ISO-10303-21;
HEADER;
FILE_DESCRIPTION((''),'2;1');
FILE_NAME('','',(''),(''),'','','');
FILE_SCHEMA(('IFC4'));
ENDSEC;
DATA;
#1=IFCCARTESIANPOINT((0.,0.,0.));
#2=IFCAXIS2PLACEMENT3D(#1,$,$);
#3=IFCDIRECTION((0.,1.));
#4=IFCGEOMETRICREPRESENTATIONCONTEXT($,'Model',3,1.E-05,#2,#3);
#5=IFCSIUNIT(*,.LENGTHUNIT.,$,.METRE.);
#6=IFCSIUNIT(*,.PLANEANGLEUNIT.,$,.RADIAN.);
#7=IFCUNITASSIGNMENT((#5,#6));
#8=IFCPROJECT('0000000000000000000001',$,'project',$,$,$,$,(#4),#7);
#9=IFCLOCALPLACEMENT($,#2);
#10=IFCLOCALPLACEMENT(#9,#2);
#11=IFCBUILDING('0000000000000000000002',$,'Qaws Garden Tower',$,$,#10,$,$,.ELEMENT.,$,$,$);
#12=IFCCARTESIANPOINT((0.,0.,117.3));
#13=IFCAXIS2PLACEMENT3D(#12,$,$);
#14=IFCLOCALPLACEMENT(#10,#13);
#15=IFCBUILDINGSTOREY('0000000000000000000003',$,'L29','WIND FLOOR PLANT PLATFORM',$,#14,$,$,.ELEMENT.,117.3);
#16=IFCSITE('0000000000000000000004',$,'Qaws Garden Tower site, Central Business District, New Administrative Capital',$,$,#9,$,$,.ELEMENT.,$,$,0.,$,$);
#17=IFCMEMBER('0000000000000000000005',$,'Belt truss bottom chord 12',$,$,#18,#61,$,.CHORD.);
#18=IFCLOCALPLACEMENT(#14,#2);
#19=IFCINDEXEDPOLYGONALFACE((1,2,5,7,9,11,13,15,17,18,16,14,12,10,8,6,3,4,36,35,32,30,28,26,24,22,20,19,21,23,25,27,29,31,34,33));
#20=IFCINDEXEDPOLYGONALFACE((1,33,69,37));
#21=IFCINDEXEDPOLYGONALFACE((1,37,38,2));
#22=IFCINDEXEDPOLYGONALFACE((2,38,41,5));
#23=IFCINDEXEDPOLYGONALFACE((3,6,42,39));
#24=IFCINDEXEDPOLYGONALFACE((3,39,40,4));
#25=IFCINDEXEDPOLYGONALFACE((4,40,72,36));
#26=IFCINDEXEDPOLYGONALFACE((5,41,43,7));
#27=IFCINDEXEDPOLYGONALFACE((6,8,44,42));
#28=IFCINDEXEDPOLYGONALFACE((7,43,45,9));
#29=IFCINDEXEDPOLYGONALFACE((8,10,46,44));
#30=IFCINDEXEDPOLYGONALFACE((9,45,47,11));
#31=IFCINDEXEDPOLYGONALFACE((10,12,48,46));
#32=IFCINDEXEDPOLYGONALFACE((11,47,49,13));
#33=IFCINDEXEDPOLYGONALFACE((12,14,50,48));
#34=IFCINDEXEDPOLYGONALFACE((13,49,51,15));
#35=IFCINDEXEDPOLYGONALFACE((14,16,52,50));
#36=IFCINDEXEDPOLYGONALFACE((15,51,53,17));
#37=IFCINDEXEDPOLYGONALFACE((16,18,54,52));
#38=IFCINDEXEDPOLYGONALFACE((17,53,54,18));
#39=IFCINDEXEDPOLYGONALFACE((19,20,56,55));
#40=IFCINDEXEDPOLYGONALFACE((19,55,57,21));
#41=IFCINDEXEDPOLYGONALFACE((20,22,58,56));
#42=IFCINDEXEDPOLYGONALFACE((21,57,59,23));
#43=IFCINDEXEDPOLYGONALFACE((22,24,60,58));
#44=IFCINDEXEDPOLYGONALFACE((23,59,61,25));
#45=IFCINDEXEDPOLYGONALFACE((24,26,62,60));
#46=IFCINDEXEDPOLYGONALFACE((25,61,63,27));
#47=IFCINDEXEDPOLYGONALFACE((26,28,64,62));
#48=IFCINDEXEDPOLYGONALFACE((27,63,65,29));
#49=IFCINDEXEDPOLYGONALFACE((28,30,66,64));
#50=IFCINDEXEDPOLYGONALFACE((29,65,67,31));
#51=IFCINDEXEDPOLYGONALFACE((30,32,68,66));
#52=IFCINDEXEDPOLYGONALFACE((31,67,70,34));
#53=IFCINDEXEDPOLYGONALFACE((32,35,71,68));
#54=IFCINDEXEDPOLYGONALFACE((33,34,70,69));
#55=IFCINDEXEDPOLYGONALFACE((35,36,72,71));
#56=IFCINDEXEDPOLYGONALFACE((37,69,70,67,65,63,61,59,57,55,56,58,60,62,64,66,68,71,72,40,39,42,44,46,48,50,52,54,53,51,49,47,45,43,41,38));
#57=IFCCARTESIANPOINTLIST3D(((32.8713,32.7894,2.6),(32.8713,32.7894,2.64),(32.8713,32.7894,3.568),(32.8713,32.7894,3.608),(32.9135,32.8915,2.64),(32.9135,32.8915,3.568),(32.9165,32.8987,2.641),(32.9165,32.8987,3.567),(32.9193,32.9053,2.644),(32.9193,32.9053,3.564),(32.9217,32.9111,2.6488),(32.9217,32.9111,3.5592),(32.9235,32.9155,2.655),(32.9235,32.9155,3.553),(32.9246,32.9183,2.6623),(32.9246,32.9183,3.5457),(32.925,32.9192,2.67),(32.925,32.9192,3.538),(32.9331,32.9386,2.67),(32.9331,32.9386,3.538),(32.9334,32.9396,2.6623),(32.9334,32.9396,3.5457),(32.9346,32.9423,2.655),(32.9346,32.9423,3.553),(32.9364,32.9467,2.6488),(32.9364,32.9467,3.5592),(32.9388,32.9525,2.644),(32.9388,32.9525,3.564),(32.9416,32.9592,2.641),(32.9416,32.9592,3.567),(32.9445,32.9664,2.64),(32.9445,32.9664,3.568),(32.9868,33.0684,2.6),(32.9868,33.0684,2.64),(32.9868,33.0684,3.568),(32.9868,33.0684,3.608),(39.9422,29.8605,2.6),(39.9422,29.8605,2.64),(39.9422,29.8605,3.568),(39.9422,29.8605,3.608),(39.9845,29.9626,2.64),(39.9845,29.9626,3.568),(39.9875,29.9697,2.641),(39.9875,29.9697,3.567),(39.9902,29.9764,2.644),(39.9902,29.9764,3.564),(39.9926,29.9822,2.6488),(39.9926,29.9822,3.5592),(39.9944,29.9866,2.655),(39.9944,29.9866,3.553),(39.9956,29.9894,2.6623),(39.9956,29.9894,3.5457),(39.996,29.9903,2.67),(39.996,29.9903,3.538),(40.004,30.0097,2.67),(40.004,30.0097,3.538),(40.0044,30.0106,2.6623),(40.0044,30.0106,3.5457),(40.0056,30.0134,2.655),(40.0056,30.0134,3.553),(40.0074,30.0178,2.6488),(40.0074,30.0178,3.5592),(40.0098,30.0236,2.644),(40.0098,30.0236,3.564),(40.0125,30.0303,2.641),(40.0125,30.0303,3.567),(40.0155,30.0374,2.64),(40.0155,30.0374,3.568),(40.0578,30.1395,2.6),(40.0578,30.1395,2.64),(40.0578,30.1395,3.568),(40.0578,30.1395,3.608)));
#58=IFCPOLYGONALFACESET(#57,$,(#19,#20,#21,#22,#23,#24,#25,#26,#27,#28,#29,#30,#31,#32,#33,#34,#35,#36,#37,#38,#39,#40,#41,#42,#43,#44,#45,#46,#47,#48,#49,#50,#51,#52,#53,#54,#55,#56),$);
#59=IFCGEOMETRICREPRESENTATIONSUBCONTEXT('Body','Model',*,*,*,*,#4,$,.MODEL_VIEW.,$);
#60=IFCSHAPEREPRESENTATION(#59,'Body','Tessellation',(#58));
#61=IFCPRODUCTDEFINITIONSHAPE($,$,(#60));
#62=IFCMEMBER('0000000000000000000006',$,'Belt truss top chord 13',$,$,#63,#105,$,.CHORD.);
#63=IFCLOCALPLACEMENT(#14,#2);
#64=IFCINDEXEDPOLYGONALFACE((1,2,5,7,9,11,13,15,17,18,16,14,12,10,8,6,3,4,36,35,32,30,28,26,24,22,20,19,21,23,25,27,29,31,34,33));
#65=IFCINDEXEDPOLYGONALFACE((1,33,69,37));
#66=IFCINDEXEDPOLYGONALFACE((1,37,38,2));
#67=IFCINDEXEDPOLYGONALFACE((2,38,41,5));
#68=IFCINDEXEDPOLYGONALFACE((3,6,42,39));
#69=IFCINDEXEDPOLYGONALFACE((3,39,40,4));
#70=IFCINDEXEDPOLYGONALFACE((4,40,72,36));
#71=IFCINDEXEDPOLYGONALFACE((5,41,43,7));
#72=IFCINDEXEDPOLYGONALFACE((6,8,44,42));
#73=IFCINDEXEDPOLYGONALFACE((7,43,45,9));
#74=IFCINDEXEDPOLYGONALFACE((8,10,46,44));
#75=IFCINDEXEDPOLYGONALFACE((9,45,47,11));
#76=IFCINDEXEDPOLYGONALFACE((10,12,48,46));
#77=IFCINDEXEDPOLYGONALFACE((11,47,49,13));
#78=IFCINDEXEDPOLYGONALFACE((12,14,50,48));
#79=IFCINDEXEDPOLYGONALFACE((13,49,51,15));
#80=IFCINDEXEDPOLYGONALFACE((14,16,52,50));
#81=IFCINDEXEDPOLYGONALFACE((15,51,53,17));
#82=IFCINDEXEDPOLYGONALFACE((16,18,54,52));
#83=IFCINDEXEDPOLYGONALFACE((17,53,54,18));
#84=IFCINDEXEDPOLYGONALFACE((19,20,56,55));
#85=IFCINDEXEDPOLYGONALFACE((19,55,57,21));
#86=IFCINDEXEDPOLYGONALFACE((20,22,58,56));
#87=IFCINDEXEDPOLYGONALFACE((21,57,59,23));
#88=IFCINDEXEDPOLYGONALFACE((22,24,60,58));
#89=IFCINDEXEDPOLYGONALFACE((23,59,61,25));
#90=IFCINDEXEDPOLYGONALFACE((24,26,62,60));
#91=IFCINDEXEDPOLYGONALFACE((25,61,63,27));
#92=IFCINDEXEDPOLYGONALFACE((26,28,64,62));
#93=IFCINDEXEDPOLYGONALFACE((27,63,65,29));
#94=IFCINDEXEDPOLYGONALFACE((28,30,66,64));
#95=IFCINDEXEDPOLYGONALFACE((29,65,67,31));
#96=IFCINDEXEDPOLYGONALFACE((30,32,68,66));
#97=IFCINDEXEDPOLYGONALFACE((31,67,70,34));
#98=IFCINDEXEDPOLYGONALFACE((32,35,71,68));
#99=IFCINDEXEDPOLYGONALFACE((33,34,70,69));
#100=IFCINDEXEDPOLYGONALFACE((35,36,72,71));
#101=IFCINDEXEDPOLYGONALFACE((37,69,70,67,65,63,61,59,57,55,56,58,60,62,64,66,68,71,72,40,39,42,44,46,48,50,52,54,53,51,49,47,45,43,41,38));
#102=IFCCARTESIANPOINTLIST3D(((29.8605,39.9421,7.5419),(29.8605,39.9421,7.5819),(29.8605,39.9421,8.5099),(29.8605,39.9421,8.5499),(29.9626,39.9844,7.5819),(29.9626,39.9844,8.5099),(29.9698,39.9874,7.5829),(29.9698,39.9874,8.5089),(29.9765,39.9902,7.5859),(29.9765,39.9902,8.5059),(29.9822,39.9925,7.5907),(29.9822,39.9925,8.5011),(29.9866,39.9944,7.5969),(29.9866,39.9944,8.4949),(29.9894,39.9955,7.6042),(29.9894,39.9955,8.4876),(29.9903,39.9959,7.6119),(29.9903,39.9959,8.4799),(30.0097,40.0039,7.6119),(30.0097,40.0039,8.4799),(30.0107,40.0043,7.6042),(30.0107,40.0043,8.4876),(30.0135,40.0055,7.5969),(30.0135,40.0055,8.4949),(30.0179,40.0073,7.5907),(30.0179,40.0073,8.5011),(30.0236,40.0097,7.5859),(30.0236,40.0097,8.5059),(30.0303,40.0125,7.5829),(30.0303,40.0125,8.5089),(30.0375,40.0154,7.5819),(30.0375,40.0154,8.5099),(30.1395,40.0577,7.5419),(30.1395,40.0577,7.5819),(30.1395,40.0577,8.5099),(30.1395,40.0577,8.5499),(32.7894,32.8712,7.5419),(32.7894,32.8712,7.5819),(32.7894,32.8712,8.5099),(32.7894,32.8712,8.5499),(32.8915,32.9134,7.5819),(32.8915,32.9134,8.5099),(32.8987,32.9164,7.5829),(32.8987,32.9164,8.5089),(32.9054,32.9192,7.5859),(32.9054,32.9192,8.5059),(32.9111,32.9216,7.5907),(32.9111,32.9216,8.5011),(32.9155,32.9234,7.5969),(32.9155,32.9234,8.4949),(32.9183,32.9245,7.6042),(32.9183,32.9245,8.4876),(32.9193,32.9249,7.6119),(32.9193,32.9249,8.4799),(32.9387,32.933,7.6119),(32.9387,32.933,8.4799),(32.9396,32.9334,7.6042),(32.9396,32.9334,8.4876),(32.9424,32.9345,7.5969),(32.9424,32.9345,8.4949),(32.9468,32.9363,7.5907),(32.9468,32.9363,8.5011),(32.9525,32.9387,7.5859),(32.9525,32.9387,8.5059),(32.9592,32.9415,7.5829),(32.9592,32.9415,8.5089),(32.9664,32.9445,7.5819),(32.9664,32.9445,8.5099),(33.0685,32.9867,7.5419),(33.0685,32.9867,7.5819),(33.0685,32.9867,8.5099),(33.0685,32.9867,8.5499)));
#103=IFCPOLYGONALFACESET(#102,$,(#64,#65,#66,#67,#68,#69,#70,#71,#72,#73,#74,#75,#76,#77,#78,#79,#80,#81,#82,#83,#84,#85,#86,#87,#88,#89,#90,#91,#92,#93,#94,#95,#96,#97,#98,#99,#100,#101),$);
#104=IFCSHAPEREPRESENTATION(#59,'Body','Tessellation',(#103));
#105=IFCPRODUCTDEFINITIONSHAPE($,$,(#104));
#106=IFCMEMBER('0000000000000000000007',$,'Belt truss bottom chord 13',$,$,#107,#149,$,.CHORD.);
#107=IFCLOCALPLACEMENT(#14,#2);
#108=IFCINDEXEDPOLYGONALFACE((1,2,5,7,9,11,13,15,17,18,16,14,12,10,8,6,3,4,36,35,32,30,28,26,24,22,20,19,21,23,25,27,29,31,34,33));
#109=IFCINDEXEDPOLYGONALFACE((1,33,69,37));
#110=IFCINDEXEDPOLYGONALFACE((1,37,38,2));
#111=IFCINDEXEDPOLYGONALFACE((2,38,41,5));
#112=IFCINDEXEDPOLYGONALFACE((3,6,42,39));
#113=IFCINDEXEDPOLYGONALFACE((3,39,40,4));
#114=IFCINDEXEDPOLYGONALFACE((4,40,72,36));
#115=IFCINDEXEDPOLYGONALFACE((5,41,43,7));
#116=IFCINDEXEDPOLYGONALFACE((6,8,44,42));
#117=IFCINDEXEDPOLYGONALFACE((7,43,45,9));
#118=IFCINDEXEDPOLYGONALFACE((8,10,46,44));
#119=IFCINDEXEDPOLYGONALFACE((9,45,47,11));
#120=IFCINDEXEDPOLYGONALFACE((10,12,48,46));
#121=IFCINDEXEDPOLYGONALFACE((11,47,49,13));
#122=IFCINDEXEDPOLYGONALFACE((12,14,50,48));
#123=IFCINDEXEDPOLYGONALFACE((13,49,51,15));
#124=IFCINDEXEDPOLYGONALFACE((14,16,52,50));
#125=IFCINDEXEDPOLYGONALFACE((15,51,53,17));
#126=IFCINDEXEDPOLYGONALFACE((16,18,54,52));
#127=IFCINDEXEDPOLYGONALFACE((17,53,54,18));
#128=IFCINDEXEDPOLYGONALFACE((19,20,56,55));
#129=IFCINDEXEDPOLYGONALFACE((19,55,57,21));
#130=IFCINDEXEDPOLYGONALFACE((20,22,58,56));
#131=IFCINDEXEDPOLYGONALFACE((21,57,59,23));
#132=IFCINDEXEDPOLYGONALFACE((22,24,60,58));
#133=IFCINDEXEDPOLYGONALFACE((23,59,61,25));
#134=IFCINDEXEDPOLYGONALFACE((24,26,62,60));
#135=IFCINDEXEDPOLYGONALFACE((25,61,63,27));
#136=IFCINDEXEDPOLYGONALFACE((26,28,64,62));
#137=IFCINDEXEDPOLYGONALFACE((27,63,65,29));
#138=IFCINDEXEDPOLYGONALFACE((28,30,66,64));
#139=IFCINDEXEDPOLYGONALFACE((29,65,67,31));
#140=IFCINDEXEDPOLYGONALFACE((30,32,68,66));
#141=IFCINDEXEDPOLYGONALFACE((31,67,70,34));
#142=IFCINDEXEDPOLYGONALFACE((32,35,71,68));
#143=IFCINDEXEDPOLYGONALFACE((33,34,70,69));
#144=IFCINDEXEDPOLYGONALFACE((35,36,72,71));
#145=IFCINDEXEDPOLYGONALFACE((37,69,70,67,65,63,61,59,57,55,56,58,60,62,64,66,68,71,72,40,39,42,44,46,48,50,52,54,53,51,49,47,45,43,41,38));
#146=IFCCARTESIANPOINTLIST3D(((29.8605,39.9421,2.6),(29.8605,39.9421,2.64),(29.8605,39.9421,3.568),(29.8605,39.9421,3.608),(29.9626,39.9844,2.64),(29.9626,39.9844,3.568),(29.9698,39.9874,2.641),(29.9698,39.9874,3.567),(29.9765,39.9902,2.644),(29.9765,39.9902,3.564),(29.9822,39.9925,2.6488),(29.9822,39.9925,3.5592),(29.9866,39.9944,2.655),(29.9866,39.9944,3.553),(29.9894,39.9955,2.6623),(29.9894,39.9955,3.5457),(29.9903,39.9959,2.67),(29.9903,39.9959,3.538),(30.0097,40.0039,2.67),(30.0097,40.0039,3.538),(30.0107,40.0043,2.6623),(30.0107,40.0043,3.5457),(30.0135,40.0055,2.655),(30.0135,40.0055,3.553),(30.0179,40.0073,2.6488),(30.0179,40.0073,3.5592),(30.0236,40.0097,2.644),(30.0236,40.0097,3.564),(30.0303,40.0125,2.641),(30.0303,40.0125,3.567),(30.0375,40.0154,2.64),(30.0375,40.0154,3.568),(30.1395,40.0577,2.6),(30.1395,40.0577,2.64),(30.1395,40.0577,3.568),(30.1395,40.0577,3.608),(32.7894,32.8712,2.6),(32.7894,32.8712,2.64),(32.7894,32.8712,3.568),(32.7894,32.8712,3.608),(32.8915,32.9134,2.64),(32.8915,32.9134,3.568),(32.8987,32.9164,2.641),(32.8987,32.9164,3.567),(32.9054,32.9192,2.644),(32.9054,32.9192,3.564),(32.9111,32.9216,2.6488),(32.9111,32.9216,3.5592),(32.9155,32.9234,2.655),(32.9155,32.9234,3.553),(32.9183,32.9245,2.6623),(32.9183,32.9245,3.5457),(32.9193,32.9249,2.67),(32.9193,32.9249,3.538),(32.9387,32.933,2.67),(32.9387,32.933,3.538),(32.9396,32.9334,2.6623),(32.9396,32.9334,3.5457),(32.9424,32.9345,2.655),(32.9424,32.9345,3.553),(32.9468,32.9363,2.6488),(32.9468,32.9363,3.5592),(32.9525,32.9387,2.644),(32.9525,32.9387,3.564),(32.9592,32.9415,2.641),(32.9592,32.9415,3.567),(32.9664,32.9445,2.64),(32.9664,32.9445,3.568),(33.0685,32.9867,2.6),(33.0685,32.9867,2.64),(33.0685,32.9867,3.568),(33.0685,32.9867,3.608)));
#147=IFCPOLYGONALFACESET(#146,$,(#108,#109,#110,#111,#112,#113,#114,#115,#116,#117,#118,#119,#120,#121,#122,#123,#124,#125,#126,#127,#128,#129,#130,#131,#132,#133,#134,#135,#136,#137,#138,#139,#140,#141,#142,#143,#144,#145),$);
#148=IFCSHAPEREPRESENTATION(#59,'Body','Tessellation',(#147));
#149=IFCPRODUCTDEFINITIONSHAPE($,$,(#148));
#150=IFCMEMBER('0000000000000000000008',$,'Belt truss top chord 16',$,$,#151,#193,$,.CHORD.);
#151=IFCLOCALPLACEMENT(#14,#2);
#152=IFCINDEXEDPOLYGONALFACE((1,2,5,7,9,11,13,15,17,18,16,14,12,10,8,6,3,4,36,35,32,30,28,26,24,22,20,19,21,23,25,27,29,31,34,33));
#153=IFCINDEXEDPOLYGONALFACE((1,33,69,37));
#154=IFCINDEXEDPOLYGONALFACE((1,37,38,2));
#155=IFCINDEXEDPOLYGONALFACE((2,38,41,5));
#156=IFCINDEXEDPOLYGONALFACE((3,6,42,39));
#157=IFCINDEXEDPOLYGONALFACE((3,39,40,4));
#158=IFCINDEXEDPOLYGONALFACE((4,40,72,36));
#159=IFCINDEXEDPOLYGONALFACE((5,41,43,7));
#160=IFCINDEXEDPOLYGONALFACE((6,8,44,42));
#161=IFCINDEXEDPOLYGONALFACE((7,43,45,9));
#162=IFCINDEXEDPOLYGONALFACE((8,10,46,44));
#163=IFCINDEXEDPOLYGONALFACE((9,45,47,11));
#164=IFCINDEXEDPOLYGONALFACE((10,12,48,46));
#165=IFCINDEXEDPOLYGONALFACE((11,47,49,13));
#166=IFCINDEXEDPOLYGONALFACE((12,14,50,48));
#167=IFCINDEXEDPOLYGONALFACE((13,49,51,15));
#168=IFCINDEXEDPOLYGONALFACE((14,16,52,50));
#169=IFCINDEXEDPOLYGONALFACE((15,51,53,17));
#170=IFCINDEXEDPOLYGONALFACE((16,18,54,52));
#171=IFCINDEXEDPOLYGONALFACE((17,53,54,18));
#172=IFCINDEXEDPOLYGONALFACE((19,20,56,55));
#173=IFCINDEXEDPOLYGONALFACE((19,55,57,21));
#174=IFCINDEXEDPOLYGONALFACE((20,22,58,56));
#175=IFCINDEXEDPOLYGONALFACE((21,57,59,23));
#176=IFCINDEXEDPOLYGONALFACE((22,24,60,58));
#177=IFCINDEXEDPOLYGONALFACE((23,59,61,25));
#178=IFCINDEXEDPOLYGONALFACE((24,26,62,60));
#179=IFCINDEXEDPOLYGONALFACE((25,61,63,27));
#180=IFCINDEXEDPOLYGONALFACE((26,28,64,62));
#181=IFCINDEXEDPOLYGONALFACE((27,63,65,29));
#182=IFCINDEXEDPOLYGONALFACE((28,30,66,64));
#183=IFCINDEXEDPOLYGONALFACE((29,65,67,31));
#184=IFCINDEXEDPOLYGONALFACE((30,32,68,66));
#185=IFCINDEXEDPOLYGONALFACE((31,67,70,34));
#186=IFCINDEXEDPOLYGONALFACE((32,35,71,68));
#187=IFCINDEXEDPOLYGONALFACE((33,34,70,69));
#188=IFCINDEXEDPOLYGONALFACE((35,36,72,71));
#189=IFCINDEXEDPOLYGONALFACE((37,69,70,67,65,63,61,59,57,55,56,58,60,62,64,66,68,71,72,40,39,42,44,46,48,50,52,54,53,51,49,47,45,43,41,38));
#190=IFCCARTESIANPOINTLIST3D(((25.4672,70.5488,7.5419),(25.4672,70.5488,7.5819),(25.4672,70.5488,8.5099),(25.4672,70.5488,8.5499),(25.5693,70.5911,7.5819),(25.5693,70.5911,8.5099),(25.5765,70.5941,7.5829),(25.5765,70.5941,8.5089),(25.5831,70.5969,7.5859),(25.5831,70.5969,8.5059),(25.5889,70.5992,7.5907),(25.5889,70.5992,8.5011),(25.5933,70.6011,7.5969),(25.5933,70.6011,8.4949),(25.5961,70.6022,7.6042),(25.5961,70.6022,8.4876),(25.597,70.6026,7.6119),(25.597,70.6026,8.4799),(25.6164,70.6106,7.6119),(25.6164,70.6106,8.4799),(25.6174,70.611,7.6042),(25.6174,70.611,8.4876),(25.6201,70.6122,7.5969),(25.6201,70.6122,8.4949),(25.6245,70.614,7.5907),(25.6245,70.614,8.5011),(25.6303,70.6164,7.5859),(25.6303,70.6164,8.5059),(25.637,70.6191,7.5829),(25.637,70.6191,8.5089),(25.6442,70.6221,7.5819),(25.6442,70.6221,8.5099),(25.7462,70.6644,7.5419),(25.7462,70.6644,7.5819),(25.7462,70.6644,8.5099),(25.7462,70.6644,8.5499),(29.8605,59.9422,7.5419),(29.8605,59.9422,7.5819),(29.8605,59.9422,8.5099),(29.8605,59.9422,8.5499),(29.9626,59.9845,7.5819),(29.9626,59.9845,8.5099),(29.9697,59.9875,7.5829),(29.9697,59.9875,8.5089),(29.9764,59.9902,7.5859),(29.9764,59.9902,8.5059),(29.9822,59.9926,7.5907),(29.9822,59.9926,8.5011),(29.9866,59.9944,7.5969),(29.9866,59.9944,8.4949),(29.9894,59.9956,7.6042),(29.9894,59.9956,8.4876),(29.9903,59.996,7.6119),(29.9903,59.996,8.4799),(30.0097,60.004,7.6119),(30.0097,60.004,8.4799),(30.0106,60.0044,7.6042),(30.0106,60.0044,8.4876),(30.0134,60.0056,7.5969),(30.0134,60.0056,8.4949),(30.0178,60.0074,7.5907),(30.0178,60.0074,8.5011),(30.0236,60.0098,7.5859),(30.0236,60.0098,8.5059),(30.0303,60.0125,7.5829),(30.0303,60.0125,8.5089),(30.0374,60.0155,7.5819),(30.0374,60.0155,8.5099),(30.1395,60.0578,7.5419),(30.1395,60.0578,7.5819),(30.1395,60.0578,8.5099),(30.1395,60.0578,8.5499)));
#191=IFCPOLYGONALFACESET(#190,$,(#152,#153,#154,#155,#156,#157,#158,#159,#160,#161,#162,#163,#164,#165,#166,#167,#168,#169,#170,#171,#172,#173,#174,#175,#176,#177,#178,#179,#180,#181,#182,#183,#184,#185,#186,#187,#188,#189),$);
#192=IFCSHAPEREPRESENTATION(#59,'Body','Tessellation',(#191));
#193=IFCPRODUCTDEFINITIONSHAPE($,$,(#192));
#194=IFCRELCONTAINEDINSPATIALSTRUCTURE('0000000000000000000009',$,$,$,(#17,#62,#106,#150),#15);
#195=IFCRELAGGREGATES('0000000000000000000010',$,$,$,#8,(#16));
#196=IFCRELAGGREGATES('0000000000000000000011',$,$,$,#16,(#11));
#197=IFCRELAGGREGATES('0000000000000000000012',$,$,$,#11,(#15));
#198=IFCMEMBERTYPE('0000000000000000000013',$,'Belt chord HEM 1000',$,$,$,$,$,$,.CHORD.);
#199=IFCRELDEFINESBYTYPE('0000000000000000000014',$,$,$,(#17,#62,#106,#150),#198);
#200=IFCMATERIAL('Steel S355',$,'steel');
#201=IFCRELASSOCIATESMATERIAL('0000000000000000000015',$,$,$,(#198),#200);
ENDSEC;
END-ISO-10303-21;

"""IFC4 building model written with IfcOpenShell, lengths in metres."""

from ifc_helpers import new_model, si_unit, direction, frame, origin, origin_2d, place, context, subcontext, project, spatial, i_section, extrude, material, material_profile, profile_set, type_object, element, save


model = new_model("IFC4")

# Units and contexts
model_context = context("Model", 3, precision=1e-05, world=origin(), true_north=direction((0.0, 1.0)))
body_context = subcontext(model_context, "Body", "Model", "MODEL_VIEW")
ifc_project = project(units=[si_unit("LENGTHUNIT", "METRE"), si_unit("PLANEANGLEUNIT", "RADIAN")], contexts=[model_context])

# Site, building, storey
site_placement = place(None, origin())
site = spatial("IfcSite", under=ifc_project, at=site_placement, Name="Qaws Garden Tower site, Central Business District, New Administrative Capital", CompositionType="ELEMENT", RefElevation=0.0)
building_placement = place(site_placement, origin())
building = spatial("IfcBuilding", under=site, at=building_placement, Name="Qaws Garden Tower", CompositionType="ELEMENT")
storey_placement = place(building_placement, frame((0.0, 0.0, 117.3)))
storey = spatial("IfcBuildingStorey", under=building, at=storey_placement, Name="L29", Description="WIND FLOOR PLANT PLATFORM", CompositionType="ELEMENT", Elevation=117.3)

# Members
ifc_material_1 = material(Name="Steel S355", Category="steel")
ifc_material_profile_1 = material_profile(ifc_material_1, i_section(OverallWidth=0.302, OverallDepth=1.0081, WebThickness=0.021, FlangeThickness=0.04, FilletRadius=0.03, at=origin_2d()), Name="HEM 1000")
ifc_profile_set_1 = profile_set([ifc_material_profile_1], Name="Steel S355")
member_type_1 = type_object("IfcMemberType", Name="Belt chord HEM 1000", PredefinedType="CHORD", material=ifc_profile_set_1)
for number, where, z_axis, x_axis, name in (
    (1, (40.0, 30.0, 3.104), (-0.923878, 0.382687, 0.0), (-0.382687, -0.923878, 0.0), "Belt truss bottom chord 12"),
    (2, (32.929, 32.929, 8.0459), (-0.382687, 0.923878, 0.0), (-0.923878, -0.382687, 0.0), "Belt truss top chord 13"),
    (3, (32.929, 32.929, 3.104), (-0.382687, 0.923878, 0.0), (-0.923878, -0.382687, 0.0), "Belt truss bottom chord 13"),
):
    element("IfcMember", number, at=place(storey_placement, frame(where, z_axis=z_axis, x_axis=x_axis)), inside=storey, type_object=member_type_1, Name=name, PredefinedType="CHORD", context=body_context, shape_type="SweptSolid", body=[
        extrude(i_section(OverallWidth=0.302, OverallDepth=1.0081, WebThickness=0.021, FlangeThickness=0.04, FilletRadius=0.03, at=origin_2d()), origin(), (0.0, 0.0, 1.0), 7.6536),
    ])
for number, where, z_axis, x_axis, name in (
    (4, (30.0, 60.0, 8.0459), (-0.382674, 0.923883, 0.0), (-0.923883, -0.382674, 0.0), "Belt truss top chord 16"),
):
    element("IfcMember", number, at=place(storey_placement, frame(where, z_axis=z_axis, x_axis=x_axis)), inside=storey, type_object=member_type_1, Name=name, PredefinedType="CHORD", context=body_context, shape_type="SweptSolid", body=[
        extrude(i_section(OverallWidth=0.302, OverallDepth=1.0081, WebThickness=0.021, FlangeThickness=0.04, FilletRadius=0.03, at=origin_2d()), origin(), (0.0, 0.0, 1.0), 11.4805),
    ])

save(model, "model.ifc")
